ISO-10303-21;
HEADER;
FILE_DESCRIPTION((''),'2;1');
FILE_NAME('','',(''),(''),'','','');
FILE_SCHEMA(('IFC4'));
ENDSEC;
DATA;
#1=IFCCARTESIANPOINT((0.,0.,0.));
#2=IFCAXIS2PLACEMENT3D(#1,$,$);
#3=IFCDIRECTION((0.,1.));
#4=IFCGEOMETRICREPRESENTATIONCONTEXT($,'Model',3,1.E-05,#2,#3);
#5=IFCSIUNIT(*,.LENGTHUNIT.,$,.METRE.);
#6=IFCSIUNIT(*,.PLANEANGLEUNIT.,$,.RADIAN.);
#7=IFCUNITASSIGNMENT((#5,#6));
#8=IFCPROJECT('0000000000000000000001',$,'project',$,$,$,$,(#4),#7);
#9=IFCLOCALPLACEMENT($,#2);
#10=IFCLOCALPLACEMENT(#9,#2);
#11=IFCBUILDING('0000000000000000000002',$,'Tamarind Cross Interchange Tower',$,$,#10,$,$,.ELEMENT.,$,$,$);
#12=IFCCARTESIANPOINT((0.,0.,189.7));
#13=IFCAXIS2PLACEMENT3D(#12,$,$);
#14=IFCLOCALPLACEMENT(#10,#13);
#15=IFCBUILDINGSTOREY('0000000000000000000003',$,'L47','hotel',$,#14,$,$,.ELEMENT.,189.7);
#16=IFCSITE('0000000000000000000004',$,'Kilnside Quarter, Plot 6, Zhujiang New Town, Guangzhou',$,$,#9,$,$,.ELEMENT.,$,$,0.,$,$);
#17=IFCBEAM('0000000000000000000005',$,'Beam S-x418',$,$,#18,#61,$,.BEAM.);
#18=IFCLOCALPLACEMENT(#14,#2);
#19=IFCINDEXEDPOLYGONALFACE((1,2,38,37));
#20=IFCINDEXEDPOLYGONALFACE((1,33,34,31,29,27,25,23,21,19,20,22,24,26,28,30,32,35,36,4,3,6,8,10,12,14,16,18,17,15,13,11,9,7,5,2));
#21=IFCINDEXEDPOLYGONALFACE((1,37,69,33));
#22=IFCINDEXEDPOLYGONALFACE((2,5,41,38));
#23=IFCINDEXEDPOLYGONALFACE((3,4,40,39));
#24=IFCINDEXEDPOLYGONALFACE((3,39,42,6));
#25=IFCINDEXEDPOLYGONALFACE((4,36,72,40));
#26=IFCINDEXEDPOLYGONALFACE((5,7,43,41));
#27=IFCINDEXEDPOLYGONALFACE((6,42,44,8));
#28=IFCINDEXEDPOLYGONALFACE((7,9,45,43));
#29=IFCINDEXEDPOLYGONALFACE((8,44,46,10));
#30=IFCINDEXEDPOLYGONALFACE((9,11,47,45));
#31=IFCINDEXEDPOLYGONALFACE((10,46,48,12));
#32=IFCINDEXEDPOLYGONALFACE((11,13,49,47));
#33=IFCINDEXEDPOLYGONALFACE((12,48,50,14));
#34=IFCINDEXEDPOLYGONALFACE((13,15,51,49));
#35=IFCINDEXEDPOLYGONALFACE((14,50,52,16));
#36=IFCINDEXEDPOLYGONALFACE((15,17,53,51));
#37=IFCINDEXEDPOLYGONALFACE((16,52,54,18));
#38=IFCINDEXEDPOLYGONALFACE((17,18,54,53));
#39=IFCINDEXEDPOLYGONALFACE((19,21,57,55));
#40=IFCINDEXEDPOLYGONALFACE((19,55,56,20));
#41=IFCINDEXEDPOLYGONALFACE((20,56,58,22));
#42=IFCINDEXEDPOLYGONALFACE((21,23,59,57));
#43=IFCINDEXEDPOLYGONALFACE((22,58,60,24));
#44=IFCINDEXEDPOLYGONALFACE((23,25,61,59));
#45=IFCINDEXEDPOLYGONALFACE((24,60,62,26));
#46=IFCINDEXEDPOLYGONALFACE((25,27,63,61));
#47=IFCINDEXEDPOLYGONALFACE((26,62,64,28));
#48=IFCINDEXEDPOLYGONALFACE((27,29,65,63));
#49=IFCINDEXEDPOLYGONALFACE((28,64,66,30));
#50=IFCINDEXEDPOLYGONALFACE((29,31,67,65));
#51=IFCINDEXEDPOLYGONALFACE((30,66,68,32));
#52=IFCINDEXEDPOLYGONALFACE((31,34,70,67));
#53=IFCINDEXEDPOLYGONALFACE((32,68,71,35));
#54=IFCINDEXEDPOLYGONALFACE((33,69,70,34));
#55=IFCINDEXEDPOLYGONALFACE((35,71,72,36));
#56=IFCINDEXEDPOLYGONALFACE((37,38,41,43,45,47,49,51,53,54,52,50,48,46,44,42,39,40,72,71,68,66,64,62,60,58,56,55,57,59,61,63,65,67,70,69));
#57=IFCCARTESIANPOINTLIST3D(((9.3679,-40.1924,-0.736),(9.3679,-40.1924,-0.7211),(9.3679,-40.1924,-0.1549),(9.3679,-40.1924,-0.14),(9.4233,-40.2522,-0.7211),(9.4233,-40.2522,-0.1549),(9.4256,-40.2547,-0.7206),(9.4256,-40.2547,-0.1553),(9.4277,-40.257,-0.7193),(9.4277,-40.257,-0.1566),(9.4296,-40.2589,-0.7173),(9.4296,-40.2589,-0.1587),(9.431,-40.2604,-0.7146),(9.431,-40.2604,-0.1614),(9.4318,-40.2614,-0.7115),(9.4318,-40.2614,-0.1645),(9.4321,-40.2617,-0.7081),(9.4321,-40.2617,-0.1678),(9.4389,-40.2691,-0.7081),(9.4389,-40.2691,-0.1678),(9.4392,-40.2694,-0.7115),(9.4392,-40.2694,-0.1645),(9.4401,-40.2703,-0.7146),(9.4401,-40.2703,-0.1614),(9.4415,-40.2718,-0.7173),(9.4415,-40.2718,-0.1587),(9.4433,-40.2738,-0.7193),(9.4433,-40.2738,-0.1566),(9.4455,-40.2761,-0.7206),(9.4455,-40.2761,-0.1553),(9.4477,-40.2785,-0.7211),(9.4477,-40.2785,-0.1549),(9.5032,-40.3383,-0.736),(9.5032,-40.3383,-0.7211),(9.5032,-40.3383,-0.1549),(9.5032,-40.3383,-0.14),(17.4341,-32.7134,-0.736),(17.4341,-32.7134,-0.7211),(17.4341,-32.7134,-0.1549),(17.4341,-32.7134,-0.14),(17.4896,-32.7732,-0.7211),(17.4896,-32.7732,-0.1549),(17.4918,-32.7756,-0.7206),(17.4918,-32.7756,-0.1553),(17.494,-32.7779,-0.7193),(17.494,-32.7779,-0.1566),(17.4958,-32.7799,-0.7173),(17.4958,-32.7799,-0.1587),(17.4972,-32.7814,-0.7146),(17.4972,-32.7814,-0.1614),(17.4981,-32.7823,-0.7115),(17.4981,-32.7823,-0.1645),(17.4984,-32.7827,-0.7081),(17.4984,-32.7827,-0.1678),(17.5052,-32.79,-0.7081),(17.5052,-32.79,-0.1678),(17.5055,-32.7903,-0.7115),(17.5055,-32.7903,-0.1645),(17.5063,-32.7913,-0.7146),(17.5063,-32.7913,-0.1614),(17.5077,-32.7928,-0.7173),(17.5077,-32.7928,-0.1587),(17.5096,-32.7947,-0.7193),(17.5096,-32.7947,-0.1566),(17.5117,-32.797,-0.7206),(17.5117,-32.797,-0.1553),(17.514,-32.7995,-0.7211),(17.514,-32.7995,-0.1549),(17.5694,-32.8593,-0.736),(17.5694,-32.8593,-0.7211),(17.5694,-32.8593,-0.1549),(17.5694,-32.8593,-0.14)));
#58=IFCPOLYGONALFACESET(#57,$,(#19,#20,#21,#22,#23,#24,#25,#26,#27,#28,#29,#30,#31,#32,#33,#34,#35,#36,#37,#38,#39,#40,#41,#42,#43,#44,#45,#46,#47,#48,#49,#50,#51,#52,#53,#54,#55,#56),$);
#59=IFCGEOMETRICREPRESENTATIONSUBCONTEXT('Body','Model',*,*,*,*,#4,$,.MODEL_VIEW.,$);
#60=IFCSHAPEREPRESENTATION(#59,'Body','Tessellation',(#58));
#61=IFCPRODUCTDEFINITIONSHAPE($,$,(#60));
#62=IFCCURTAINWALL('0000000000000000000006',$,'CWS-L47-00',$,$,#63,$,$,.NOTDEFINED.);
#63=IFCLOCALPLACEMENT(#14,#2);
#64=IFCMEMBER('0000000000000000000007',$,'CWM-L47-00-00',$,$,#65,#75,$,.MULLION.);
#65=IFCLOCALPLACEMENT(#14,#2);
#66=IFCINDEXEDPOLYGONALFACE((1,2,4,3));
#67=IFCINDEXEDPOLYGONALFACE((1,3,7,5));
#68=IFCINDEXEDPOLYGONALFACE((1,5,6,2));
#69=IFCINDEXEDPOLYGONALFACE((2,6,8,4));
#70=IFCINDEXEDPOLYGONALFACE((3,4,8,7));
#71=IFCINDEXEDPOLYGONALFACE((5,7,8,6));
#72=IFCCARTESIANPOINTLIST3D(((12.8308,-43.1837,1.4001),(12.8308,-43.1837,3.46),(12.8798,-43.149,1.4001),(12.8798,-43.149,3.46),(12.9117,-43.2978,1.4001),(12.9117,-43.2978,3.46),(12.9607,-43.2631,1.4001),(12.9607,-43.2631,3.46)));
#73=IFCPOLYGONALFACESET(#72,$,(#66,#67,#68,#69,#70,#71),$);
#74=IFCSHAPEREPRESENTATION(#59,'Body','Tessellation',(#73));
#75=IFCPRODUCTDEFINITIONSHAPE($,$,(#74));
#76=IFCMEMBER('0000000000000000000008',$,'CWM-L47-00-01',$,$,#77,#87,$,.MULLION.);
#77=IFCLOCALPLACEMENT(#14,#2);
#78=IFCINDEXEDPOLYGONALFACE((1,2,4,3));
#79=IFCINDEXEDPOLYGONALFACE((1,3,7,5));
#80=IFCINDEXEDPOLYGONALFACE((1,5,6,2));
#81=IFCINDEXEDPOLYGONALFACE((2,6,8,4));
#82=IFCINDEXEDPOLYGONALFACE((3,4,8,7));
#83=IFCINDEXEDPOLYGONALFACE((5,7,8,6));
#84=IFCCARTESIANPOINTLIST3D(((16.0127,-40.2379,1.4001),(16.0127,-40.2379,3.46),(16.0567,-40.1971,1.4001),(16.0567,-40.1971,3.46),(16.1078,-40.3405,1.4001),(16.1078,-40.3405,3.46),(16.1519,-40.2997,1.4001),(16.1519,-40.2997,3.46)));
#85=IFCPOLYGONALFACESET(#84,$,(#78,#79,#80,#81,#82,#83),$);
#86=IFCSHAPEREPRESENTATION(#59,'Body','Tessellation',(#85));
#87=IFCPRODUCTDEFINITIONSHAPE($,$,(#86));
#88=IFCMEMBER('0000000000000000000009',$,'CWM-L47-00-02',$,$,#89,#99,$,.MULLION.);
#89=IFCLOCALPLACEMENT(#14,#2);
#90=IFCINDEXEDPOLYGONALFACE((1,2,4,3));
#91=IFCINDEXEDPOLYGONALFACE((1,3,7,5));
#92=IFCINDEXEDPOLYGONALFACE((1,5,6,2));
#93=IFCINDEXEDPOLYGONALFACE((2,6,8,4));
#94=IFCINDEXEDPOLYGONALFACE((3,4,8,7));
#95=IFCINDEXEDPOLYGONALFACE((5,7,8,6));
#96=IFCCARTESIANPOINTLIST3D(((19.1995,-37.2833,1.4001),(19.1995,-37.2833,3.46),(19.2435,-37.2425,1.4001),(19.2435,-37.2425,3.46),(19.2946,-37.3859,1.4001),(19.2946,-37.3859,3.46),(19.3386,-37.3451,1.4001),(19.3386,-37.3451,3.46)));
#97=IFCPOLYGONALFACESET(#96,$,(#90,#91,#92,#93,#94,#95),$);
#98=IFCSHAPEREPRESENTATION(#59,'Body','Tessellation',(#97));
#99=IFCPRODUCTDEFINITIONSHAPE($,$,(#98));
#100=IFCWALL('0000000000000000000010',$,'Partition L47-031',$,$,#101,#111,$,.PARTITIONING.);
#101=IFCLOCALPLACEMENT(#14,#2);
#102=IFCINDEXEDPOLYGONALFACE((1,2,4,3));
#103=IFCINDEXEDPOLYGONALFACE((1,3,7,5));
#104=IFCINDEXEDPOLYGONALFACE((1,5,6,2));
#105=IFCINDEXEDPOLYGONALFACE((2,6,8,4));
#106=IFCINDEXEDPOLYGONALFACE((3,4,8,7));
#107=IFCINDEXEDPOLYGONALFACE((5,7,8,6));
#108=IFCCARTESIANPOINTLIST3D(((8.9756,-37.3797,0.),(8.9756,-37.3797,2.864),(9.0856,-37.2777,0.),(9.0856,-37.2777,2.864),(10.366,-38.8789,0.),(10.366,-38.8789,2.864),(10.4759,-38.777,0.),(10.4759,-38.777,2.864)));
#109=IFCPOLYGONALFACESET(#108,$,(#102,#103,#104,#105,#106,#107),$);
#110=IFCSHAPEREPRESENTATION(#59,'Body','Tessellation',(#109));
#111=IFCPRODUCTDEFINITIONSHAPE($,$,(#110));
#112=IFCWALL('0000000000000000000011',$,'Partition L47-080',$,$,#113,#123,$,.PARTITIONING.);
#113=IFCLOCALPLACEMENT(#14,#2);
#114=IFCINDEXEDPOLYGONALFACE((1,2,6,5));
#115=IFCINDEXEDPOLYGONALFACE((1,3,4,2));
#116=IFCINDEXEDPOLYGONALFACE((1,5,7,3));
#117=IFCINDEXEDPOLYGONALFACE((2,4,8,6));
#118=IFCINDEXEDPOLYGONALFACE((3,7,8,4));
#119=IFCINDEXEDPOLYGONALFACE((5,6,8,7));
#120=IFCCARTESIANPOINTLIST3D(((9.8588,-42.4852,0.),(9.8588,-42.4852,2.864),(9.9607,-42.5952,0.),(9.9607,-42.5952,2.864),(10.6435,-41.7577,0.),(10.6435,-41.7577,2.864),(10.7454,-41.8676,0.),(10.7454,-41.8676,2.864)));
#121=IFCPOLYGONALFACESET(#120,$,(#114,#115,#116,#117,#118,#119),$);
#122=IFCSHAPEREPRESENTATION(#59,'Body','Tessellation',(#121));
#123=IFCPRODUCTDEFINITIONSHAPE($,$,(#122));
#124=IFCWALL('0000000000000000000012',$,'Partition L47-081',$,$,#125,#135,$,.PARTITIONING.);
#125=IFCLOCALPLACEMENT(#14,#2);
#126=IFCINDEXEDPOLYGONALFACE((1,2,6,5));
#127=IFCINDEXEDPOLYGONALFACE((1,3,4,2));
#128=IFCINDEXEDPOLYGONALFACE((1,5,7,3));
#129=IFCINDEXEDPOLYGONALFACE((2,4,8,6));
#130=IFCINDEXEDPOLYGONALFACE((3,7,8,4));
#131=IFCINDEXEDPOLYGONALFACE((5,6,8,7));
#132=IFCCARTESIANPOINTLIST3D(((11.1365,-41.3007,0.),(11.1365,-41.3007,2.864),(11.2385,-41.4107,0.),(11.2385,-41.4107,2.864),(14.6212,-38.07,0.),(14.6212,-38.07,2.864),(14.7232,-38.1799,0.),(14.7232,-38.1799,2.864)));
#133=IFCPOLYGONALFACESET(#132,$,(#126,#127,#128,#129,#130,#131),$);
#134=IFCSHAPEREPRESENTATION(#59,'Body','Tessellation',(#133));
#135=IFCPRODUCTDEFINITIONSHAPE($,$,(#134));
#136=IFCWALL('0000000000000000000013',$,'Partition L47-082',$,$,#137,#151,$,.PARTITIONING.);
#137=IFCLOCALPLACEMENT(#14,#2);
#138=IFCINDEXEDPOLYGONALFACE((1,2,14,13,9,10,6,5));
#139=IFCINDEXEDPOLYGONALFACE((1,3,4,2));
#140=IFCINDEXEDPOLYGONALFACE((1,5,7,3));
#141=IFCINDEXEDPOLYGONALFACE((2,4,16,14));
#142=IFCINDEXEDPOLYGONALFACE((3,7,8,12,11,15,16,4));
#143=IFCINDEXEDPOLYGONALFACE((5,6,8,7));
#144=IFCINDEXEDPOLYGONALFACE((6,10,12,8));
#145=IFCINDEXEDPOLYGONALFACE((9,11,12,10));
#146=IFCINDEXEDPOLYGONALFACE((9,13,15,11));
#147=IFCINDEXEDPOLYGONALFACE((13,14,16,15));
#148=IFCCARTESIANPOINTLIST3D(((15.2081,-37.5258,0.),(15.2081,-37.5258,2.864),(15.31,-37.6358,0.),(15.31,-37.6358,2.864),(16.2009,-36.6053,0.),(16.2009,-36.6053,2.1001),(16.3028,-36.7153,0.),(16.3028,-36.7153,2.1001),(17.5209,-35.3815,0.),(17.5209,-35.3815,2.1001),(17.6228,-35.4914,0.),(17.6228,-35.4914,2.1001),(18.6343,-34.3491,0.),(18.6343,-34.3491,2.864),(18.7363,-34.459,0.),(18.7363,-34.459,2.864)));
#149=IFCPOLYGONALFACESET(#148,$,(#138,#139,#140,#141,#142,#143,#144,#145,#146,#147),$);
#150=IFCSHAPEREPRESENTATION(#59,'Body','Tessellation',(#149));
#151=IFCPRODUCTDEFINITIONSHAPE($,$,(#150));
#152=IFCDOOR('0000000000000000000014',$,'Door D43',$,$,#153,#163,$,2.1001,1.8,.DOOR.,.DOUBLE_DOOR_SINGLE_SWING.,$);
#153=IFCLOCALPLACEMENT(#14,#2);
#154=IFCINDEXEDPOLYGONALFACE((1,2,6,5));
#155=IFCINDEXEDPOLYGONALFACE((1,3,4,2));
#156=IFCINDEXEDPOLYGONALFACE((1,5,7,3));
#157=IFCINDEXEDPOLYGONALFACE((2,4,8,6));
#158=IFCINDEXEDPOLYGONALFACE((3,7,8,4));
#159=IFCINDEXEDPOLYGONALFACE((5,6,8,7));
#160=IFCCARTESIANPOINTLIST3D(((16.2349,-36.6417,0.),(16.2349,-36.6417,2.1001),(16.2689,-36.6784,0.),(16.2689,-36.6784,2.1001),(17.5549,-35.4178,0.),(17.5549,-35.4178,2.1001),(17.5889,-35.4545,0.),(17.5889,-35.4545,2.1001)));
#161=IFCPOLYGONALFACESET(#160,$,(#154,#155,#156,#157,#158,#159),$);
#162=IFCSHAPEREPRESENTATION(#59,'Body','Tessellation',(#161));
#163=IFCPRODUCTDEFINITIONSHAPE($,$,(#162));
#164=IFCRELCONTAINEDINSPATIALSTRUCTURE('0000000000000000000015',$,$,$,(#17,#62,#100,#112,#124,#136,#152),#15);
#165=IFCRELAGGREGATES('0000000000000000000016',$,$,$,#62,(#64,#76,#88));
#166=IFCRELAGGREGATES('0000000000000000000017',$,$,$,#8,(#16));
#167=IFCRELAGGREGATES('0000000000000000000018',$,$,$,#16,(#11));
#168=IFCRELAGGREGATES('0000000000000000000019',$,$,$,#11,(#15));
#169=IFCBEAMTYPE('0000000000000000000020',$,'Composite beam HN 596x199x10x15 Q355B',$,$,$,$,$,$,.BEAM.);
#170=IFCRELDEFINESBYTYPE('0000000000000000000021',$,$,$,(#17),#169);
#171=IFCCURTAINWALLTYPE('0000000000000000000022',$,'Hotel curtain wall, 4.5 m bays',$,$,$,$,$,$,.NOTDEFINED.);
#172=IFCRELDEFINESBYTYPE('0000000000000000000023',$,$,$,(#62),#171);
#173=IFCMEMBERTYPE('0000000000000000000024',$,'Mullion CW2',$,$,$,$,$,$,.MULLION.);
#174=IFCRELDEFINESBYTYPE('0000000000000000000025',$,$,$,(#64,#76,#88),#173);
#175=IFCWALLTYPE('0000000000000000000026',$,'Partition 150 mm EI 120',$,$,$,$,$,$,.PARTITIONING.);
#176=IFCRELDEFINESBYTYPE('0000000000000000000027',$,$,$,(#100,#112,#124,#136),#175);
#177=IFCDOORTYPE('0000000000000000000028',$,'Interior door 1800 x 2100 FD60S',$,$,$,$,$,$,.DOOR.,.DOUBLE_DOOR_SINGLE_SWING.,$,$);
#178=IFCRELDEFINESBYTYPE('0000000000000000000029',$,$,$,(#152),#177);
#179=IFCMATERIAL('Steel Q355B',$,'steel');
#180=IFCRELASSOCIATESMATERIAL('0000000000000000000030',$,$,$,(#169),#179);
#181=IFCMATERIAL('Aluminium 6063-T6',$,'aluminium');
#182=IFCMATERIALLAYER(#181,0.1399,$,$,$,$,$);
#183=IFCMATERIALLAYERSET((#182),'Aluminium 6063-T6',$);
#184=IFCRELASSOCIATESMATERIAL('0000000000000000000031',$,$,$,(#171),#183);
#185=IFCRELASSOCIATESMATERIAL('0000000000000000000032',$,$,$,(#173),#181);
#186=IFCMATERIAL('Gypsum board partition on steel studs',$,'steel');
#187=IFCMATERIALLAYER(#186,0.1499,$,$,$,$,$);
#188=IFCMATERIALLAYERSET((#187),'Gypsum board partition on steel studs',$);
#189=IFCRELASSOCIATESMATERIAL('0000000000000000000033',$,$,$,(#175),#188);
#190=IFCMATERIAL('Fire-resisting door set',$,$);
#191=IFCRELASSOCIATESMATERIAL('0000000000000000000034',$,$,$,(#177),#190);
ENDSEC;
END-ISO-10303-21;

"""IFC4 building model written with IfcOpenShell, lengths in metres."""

from ifc_helpers import new_model, si_unit, direction, frame, frame_2d, origin, origin_2d, place, context, subcontext, project, spatial, rectangle, i_section, extrude, material, layer, layer_set, material_profile, profile_set, type_object, element, fill, aggregate, save


model = new_model("IFC4")

# Units and contexts
model_context = context("Model", 3, precision=1e-05, world=origin(), true_north=direction((0.0, 1.0)))
body_context = subcontext(model_context, "Body", "Model", "MODEL_VIEW")
ifc_project = project(units=[si_unit("LENGTHUNIT", "METRE"), si_unit("PLANEANGLEUNIT", "RADIAN")], contexts=[model_context])

# Site, building, storey
site_placement = place(None, origin())
site = spatial("IfcSite", under=ifc_project, at=site_placement, Name="Kilnside Quarter, Plot 6, Zhujiang New Town, Guangzhou", CompositionType="ELEMENT", RefElevation=0.0)
building_placement = place(site_placement, origin())
building = spatial("IfcBuilding", under=site, at=building_placement, Name="Tamarind Cross Interchange Tower", CompositionType="ELEMENT")
storey_placement = place(building_placement, frame((0.0, 0.0, 189.7)))
storey = spatial("IfcBuildingStorey", under=building, at=storey_placement, Name="L47", Description="hotel", CompositionType="ELEMENT", Elevation=189.7)

# Beam
ifc_material_1 = material(Name="Steel Q355B", Category="steel")
ifc_material_profile_1 = material_profile(ifc_material_1, i_section(OverallWidth=0.199, OverallDepth=0.5959, WebThickness=0.01, FlangeThickness=0.0149, FilletRadius=0.0129, at=origin_2d()), Name="HN 596x199x10x15")
ifc_profile_set_1 = profile_set([ifc_material_profile_1], Name="Steel Q355B")
beam_type_1 = type_object("IfcBeamType", Name="Composite beam HN 596x199x10x15 Q355B", PredefinedType="BEAM", material=ifc_profile_set_1)
beam_1_placement = place(storey_placement, frame((9.4355, -40.2654, -0.438), z_axis=(0.733292, 0.679914, 0.0), x_axis=(-0.679914, 0.733292, 0.0)))
element("IfcBeam", 1, at=beam_1_placement, inside=storey, type_object=beam_type_1, Name="Beam S-x418", PredefinedType="BEAM", context=body_context, shape_type="SweptSolid", body=[
    extrude(i_section(OverallWidth=0.199, OverallDepth=0.5959, WebThickness=0.01, FlangeThickness=0.0149, FilletRadius=0.0129, at=origin_2d()), origin(), (0.0, 0.0, 1.0), 11.0),
])

# Curtain wall, members
ifc_material_2 = material(Name="Aluminium 6063-T6", Category="aluminium")
ifc_layer_1 = layer(ifc_material_2, 0.1399)
ifc_layer_set_1 = layer_set([ifc_layer_1], Name="Aluminium 6063-T6")
curtain_wall_type = type_object("IfcCurtainWallType", Name="Hotel curtain wall, 4.5 m bays", PredefinedType="NOTDEFINED", material=ifc_layer_set_1)
curtain_wall_placement = place(storey_placement, origin())
curtain_wall = element("IfcCurtainWall", 2, at=curtain_wall_placement, inside=storey, type_object=curtain_wall_type, Name="CWS-L47-00", PredefinedType="NOTDEFINED")
ifc_material_profile_2 = material_profile(ifc_material_2, rectangle(XDim=0.0601, YDim=0.1399, at=origin_2d()), Name="Mullion CW2")
ifc_profile_set_2 = profile_set([ifc_material_profile_2], Name="Aluminium 6063-T6")
member_type = type_object("IfcMemberType", Name="Mullion CW2", PredefinedType="MULLION", material=ifc_profile_set_2)
member_1_placement = place(storey_placement, frame((12.8958, -43.2234, 1.4001), z_axis=(0.0, 0.0, 1.0), x_axis=(0.815766, 0.578382, 0.0)))
member_1 = element("IfcMember", 3, at=member_1_placement, type_object=member_type, Name="CWM-L47-00-00", PredefinedType="MULLION", context=body_context, shape_type="SweptSolid", body=[
    extrude(rectangle(XDim=0.0601, YDim=0.1399, at=origin_2d()), origin(), (0.0, 0.0, 1.0), 2.0598),
])
member_2_placement = place(storey_placement, frame((16.0823, -40.2688, 1.4001), z_axis=(0.0, 0.0, 1.0), x_axis=(0.733293, 0.679912, 0.0)))
member_2 = element("IfcMember", 4, at=member_2_placement, type_object=member_type, Name="CWM-L47-00-01", PredefinedType="MULLION", context=body_context, shape_type="SweptSolid", body=[
    extrude(rectangle(XDim=0.0601, YDim=0.1399, at=origin_2d()), origin(), (0.0, 0.0, 1.0), 2.0598),
])
member_3_placement = place(storey_placement, frame((19.269, -37.3142, 1.4001), z_axis=(0.0, 0.0, 1.0), x_axis=(0.733293, 0.679912, 0.0)))
member_3 = element("IfcMember", 5, at=member_3_placement, type_object=member_type, Name="CWM-L47-00-02", PredefinedType="MULLION", context=body_context, shape_type="SweptSolid", body=[
    extrude(rectangle(XDim=0.0601, YDim=0.1399, at=origin_2d()), origin(), (0.0, 0.0, 1.0), 2.0598),
])
aggregate(curtain_wall, [member_1, member_2, member_3])

# Walls
ifc_material_3 = material(Name="Gypsum board partition on steel studs", Category="steel")
ifc_layer_2 = layer(ifc_material_3, 0.1499)
ifc_layer_set_2 = layer_set([ifc_layer_2], Name="Gypsum board partition on steel studs")
wall_type = type_object("IfcWallType", Name="Partition 150 mm EI 120", PredefinedType="PARTITIONING", material=ifc_layer_set_2)
wall_1_placement = place(storey_placement, frame((9.0305, -37.3286, 0.0), z_axis=(0.0, 0.0, 1.0), x_axis=(0.679979, -0.733231, 0.0)))
element("IfcWall", 6, at=wall_1_placement, inside=storey, type_object=wall_type, Name="Partition L47-031", PredefinedType="PARTITIONING", context=body_context, shape_type="SweptSolid", body=[
    extrude(rectangle(XDim=2.0447, YDim=0.1499, at=frame_2d((1.0225, 0.0))), origin(), (0.0, 0.0, 1.0), 2.864),
])
wall_2_placement = place(storey_placement, frame((9.9097, -42.5403, 0.0), z_axis=(0.0, 0.0, 1.0), x_axis=(0.733297, 0.679908, 0.0)))
element("IfcWall", 7, at=wall_2_placement, inside=storey, type_object=wall_type, Name="Partition L47-080", PredefinedType="PARTITIONING", context=body_context, shape_type="SweptSolid", body=[
    extrude(rectangle(XDim=1.0701, YDim=0.1499, at=frame_2d((0.5352, 0.0))), origin(), (0.0, 0.0, 1.0), 2.864),
])
wall_3_placement = place(storey_placement, frame((11.1875, -41.3557, 0.0), z_axis=(0.0, 0.0, 1.0), x_axis=(0.733318, 0.679885, 0.0)))
element("IfcWall", 8, at=wall_3_placement, inside=storey, type_object=wall_type, Name="Partition L47-081", PredefinedType="PARTITIONING", context=body_context, shape_type="SweptSolid", body=[
    extrude(rectangle(XDim=4.752, YDim=0.1499, at=frame_2d((2.376, 0.0))), origin(), (0.0, 0.0, 1.0), 2.864),
])

# Wall, opening, door
wall_4_placement = place(storey_placement, frame((15.259, -37.5808, 0.0), z_axis=(0.0, 0.0, 1.0), x_axis=(0.733303, 0.679902, 0.0)))
wall_4 = element("IfcWall", 9, at=wall_4_placement, inside=storey, type_object=wall_type, Name="Partition L47-082", PredefinedType="PARTITIONING", context=body_context, shape_type="SweptSolid", body=[
    extrude(rectangle(XDim=4.6724, YDim=0.1499, at=frame_2d((2.3362, 0.0))), origin(), (0.0, 0.0, 1.0), 2.864),
])
opening_1_placement = place(wall_4_placement, frame((1.354, 0.0, 0.0)))
opening_1 = element("IfcOpeningElement", 10, at=opening_1_placement, cuts=wall_4, PredefinedType="OPENING", context=body_context, shape_type="SweptSolid", body=[
    extrude(rectangle(XDim=1.8, YDim=2.1001, at=frame_2d((0.8999, 1.05))), frame((0.0, 0.085, 0.0), z_axis=(0.0, -1.0, 0.0), x_axis=(1.0, 0.0, 0.0)), (0.0, 0.0, 1.0), 0.1699),
])
ifc_material_4 = material(Name="Fire-resisting door set")
door_type_1 = type_object("IfcDoorType", Name="Interior door 1800 x 2100 FD60S", OperationType="DOUBLE_DOOR_SINGLE_SWING", PredefinedType="DOOR", material=ifc_material_4)
door_1_placement = place(opening_1_placement, frame((1.8, 0.0, 0.0), z_axis=(0.0, 0.0, 1.0), x_axis=(-1.0, 0.0, 0.0)))
door_1 = element("IfcDoor", 11, at=door_1_placement, inside=storey, type_object=door_type_1, Name="Door D43", OperationType="DOUBLE_DOOR_SINGLE_SWING", OverallHeight=2.1001, OverallWidth=1.8, PredefinedType="DOOR", context=body_context, shape_type="SweptSolid", body=[
    extrude(rectangle(XDim=1.8, YDim=2.1001, at=frame_2d((0.8999, 1.05))), frame((0.0, 0.0249, 0.0), z_axis=(0.0, -1.0, 0.0), x_axis=(1.0, 0.0, 0.0)), (0.0, 0.0, 1.0), 0.05),
])
fill(opening_1, door_1)

save(model, "model.ifc")
